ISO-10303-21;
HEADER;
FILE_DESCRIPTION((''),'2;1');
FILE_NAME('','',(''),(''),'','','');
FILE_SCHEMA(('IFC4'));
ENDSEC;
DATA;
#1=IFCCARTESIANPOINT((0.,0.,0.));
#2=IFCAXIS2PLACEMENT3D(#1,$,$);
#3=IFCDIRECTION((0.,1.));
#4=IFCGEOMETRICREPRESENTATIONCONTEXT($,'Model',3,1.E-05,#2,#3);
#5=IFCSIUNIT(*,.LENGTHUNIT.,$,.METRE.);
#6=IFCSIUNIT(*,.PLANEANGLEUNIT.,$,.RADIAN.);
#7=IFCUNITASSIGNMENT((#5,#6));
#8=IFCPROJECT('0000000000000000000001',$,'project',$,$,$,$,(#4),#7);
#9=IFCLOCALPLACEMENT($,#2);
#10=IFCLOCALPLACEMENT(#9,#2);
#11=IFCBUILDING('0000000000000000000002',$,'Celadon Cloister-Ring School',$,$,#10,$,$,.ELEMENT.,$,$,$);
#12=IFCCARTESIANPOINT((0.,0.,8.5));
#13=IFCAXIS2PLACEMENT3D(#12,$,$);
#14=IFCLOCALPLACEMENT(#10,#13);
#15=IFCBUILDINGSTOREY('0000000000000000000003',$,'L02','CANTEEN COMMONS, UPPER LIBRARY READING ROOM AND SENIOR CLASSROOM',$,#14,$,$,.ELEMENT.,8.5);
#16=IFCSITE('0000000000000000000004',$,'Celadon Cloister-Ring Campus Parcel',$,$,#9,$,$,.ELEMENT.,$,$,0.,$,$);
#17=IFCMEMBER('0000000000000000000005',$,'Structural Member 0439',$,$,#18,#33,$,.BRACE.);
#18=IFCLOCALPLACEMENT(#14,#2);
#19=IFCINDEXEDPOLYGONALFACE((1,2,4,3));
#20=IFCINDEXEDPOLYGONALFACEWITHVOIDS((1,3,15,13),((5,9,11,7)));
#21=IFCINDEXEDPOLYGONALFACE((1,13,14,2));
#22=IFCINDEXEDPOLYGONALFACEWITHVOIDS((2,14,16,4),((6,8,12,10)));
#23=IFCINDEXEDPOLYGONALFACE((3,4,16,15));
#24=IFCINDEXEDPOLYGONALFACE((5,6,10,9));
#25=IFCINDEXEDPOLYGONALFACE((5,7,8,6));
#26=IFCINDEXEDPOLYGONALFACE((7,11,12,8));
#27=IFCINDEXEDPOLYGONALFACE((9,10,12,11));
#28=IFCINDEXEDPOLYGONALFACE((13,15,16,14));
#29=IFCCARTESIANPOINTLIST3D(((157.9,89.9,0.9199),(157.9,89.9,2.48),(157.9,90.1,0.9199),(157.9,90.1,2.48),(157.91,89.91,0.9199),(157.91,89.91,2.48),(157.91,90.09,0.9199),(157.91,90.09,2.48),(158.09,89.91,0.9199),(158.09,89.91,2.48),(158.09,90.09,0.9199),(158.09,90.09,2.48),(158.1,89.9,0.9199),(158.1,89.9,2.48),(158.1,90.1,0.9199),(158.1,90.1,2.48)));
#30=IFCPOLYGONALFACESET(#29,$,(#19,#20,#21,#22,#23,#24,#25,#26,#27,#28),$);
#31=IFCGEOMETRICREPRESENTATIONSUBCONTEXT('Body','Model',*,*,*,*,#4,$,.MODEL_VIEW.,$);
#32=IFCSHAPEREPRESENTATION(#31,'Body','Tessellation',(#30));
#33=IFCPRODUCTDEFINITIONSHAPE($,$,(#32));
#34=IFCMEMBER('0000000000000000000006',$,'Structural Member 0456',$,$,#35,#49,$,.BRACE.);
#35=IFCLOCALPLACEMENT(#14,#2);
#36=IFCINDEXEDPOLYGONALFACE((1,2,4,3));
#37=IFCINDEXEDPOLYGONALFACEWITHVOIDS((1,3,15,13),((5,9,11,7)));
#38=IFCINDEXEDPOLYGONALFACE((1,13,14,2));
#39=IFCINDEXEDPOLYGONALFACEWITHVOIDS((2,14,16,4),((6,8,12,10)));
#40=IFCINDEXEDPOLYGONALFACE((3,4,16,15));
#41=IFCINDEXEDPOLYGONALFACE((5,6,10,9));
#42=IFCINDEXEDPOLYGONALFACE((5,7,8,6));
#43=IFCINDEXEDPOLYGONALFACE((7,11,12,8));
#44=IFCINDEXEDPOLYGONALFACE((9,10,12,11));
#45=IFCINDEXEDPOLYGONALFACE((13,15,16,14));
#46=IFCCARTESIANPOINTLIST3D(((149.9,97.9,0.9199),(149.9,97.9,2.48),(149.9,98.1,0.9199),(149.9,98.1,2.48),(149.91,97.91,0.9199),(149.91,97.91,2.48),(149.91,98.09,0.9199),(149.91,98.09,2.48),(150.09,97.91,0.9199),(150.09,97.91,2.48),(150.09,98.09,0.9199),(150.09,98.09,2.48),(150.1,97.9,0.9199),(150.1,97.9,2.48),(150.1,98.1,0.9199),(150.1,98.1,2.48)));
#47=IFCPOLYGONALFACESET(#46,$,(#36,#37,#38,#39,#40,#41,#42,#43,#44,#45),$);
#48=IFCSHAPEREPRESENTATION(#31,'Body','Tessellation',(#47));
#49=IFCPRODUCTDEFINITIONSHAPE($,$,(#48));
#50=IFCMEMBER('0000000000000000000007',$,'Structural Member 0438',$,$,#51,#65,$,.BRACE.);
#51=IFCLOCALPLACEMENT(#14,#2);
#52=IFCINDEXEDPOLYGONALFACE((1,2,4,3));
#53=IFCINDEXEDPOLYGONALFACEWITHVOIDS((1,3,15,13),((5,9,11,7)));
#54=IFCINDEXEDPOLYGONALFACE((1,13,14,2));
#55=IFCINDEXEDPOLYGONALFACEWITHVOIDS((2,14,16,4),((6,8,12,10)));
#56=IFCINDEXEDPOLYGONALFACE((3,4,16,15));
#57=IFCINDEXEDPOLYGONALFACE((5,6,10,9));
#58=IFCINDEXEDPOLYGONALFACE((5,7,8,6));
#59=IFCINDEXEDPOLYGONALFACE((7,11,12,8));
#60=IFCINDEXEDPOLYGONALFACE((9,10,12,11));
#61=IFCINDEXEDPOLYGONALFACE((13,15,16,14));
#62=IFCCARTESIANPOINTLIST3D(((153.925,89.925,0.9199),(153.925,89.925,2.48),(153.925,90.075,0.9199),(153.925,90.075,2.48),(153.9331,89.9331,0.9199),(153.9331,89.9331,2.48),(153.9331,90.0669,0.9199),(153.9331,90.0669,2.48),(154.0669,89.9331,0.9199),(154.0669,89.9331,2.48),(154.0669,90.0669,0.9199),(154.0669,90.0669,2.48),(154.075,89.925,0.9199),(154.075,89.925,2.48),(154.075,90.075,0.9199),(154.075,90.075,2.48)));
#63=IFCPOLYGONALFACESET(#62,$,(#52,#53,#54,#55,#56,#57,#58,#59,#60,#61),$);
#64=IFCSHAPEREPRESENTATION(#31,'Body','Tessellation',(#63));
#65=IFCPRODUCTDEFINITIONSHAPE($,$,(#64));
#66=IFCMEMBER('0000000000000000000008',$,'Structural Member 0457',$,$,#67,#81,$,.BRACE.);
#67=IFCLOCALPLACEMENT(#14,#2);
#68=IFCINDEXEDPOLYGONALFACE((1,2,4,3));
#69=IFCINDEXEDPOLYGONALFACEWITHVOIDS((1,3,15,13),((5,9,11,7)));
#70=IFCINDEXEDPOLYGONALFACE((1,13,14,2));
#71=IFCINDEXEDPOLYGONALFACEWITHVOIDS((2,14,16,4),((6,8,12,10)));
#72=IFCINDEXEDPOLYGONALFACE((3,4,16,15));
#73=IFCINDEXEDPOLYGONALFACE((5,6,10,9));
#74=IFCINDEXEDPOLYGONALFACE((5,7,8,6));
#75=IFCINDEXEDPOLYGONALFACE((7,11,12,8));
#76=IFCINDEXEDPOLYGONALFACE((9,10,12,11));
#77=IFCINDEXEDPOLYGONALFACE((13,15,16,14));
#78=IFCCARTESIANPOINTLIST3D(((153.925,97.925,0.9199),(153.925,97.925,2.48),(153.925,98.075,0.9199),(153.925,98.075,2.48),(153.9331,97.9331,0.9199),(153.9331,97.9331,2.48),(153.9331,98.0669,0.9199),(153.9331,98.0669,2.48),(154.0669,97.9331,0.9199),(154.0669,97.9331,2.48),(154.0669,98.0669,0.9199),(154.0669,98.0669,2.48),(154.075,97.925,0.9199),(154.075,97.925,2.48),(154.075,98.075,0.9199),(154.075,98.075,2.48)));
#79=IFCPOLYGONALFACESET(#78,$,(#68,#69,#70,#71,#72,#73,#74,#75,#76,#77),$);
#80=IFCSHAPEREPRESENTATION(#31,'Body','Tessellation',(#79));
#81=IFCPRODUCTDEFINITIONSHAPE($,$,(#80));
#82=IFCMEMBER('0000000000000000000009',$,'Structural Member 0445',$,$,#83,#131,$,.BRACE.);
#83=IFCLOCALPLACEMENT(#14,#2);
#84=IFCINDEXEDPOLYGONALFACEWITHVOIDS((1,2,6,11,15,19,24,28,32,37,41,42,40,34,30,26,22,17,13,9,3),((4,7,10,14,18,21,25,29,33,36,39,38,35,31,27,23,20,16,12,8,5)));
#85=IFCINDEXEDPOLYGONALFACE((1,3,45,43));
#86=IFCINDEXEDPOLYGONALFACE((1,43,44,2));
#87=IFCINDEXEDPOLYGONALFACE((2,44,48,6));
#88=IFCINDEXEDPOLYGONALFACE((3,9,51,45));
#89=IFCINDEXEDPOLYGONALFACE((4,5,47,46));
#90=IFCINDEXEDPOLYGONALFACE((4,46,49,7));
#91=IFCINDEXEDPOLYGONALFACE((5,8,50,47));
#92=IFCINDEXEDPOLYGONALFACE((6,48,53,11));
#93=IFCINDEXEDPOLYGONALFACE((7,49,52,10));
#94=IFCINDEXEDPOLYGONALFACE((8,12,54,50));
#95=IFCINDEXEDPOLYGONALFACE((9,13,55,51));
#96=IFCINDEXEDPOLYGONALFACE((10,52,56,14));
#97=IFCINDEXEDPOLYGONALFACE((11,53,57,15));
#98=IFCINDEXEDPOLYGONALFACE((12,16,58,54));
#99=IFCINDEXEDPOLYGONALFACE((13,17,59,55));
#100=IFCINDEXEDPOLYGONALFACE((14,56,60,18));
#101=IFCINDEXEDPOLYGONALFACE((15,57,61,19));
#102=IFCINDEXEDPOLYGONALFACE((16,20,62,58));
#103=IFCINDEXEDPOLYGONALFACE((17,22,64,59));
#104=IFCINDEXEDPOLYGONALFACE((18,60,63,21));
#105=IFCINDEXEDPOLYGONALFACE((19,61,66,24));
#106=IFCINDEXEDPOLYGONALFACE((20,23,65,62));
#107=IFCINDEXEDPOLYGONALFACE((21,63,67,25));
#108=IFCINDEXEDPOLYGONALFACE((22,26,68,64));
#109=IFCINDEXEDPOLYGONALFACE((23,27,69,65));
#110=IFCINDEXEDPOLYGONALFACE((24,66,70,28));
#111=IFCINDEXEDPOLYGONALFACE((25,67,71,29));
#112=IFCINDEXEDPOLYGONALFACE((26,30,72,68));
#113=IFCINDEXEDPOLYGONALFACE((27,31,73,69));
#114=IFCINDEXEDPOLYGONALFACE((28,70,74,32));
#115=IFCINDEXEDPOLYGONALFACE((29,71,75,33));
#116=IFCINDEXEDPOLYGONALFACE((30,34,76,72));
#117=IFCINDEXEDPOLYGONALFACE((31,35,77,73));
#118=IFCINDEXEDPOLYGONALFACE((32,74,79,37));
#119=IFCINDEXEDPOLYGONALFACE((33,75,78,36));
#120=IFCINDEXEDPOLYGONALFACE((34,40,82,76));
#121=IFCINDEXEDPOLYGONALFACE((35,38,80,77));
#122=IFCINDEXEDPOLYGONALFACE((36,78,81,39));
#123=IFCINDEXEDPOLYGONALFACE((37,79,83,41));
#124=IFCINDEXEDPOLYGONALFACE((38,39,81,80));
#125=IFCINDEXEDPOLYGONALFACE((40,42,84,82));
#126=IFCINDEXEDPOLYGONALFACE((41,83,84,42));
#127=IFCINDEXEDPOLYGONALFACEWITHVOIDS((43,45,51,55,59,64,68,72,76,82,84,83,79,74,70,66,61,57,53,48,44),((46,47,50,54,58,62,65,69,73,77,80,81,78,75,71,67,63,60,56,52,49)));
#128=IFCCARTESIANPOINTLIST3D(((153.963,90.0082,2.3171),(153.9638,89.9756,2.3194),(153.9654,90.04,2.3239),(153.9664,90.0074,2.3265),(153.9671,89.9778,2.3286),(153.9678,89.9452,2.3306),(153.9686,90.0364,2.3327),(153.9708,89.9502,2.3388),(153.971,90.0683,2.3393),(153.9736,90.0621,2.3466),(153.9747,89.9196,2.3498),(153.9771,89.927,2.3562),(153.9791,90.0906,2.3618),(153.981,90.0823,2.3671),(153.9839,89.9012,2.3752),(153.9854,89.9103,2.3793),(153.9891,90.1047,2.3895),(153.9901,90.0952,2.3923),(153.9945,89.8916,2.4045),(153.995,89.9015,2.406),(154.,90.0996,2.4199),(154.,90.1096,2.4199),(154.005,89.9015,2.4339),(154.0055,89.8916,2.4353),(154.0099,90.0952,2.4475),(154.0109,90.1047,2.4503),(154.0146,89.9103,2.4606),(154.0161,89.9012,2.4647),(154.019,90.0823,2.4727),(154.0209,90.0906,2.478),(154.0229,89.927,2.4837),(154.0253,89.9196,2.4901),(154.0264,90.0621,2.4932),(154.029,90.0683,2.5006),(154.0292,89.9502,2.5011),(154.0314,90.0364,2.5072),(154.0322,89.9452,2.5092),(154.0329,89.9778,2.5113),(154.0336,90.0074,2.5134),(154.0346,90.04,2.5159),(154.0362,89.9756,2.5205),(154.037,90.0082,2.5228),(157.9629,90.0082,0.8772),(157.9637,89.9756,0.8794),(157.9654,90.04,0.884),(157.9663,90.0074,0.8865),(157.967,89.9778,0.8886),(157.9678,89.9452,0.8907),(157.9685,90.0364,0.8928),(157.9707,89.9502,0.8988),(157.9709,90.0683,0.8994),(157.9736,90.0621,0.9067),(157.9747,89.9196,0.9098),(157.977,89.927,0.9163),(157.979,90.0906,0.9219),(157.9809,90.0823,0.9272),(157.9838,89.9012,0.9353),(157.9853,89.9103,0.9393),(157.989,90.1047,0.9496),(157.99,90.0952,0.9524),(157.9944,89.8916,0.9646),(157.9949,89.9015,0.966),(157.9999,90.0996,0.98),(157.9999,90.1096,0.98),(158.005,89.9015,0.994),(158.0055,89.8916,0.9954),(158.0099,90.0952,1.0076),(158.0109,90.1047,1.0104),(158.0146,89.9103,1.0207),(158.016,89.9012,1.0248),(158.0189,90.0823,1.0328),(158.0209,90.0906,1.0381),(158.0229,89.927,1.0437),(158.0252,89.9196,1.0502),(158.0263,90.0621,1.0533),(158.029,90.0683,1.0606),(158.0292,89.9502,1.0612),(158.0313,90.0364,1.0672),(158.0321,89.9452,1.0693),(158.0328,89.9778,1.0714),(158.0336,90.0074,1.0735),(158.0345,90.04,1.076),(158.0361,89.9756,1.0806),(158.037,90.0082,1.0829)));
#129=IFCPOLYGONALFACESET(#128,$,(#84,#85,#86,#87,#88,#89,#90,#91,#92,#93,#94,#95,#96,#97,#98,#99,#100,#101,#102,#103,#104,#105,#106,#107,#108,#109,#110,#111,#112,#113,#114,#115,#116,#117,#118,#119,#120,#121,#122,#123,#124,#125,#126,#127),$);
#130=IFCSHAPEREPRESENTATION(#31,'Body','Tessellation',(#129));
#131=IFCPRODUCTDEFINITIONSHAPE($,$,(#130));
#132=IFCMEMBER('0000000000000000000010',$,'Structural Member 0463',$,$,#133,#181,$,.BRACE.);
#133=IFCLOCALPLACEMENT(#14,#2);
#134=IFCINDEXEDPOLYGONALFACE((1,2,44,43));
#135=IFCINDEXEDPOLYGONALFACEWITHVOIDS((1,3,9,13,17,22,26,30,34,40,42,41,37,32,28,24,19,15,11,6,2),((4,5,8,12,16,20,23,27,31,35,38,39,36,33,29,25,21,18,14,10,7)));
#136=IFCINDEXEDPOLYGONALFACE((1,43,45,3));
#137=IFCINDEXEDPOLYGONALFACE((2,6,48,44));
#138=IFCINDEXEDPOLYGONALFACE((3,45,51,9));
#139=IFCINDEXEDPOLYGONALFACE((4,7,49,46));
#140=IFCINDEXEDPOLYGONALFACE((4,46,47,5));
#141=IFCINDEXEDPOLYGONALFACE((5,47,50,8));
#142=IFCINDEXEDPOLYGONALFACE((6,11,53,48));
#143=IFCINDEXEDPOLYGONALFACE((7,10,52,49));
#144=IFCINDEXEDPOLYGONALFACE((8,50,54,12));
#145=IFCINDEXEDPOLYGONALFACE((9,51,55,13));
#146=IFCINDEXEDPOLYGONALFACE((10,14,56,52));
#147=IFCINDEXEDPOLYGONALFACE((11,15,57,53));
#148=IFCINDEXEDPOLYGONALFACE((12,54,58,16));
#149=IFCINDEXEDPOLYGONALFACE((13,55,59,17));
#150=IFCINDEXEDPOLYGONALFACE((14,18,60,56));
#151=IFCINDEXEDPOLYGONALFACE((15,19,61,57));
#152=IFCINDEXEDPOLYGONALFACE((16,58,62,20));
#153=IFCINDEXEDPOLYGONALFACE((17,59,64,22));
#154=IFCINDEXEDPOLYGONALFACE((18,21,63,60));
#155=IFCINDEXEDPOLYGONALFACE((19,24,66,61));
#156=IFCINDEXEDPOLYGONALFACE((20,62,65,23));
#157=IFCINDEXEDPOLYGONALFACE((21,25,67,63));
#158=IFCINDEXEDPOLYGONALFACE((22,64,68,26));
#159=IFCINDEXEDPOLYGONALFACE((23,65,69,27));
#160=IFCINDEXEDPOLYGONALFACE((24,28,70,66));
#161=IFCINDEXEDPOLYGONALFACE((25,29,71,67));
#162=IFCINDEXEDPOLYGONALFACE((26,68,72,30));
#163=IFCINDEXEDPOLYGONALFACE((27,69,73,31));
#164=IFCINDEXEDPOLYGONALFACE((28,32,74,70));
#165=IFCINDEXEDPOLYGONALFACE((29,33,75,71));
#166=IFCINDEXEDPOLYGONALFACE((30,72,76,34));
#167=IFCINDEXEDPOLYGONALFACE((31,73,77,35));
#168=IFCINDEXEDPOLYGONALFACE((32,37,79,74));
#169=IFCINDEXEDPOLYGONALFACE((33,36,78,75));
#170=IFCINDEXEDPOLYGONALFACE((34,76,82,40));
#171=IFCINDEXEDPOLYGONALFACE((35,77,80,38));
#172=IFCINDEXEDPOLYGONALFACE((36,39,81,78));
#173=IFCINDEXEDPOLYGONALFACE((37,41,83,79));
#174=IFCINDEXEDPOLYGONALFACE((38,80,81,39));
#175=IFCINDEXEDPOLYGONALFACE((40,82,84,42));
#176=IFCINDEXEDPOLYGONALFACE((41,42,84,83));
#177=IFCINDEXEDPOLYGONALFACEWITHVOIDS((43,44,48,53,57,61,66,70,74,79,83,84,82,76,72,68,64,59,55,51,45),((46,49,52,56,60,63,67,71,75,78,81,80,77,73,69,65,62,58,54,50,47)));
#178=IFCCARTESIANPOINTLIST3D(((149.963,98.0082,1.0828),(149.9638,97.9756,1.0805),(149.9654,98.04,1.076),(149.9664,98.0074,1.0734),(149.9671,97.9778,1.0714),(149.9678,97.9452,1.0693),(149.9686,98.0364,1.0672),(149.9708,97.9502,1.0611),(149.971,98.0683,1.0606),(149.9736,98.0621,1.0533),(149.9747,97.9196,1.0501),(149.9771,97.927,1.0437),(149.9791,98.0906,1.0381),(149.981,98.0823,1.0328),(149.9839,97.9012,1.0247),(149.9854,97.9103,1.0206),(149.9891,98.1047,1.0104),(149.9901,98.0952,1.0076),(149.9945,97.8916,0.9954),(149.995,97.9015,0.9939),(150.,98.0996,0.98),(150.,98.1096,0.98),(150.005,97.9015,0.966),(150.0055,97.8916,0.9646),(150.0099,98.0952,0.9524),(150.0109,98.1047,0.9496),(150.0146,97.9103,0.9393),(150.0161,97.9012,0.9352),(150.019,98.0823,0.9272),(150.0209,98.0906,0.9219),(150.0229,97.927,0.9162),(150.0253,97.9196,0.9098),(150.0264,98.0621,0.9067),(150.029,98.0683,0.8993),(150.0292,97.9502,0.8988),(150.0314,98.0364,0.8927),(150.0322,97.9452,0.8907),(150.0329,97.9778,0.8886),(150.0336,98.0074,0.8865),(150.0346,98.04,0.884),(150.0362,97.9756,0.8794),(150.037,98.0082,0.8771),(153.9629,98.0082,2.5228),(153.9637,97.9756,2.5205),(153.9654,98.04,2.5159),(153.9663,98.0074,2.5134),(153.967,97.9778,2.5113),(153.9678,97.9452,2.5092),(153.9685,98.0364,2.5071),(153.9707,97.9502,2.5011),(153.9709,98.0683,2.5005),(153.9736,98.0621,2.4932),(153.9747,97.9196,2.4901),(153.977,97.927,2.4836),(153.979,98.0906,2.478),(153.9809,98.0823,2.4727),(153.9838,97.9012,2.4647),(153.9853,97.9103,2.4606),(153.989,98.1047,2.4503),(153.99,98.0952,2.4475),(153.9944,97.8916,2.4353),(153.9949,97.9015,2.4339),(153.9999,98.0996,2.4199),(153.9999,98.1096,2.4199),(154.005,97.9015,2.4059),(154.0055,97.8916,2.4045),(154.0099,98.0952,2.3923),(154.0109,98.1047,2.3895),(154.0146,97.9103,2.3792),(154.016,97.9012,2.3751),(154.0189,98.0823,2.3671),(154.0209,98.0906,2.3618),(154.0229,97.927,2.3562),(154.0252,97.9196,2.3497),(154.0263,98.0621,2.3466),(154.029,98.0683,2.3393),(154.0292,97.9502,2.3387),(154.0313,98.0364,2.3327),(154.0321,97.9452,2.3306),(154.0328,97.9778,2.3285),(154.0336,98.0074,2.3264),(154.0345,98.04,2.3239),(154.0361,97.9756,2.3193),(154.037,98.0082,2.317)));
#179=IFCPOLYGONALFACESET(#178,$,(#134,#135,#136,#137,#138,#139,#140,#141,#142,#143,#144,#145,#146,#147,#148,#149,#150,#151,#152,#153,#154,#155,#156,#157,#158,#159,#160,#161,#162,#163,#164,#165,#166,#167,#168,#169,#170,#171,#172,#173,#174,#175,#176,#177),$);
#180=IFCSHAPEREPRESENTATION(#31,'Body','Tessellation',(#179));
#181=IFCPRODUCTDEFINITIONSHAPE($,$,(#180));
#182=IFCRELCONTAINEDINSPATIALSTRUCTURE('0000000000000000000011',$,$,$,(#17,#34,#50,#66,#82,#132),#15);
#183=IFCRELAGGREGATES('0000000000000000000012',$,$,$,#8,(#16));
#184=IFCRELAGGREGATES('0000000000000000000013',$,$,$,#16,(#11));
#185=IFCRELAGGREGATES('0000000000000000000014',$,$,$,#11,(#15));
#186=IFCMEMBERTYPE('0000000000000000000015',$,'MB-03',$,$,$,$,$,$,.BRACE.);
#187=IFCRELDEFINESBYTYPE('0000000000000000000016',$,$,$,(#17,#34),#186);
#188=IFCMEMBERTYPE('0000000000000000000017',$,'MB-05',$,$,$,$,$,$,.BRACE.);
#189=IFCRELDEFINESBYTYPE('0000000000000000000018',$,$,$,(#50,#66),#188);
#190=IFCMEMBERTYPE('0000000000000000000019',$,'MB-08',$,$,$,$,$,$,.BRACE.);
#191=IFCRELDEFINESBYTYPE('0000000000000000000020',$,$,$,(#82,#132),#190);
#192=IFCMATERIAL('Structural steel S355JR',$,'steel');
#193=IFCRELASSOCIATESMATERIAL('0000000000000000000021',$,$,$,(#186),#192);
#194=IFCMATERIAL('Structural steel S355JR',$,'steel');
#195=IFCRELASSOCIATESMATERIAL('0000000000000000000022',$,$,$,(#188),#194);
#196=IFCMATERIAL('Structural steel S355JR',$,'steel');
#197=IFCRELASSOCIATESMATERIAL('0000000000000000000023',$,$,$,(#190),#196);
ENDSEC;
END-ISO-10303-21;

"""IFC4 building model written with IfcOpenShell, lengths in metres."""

from ifc_helpers import new_model, si_unit, direction, frame, origin, origin_2d, place, context, subcontext, project, spatial, hollow_rectangle, hollow_circle, extrude, material, material_profile, profile_set, type_object, element, save


model = new_model("IFC4")

# Units and contexts
model_context = context("Model", 3, precision=1e-05, world=origin(), true_north=direction((0.0, 1.0)))
body_context = subcontext(model_context, "Body", "Model", "MODEL_VIEW")
ifc_project = project(units=[si_unit("LENGTHUNIT", "METRE"), si_unit("PLANEANGLEUNIT", "RADIAN")], contexts=[model_context])

# Site, building, storey
site_placement = place(None, origin())
site = spatial("IfcSite", under=ifc_project, at=site_placement, Name="Celadon Cloister-Ring Campus Parcel", CompositionType="ELEMENT", RefElevation=0.0)
building_placement = place(site_placement, origin())
building = spatial("IfcBuilding", under=site, at=building_placement, Name="Celadon Cloister-Ring School", CompositionType="ELEMENT")
storey_placement = place(building_placement, frame((0.0, 0.0, 8.5)))
storey = spatial("IfcBuildingStorey", under=building, at=storey_placement, Name="L02", Description="CANTEEN COMMONS, UPPER LIBRARY READING ROOM AND SENIOR CLASSROOM", CompositionType="ELEMENT", Elevation=8.5)

# Members
ifc_material_1 = material(Name="Structural steel S355JR", Category="steel")
ifc_material_profile_1 = material_profile(ifc_material_1, hollow_rectangle(XDim=0.2, YDim=0.2, WallThickness=0.01, at=origin_2d()), Name="HSS200X200X10")
ifc_profile_set_1 = profile_set([ifc_material_profile_1], Name="Structural steel S355JR")
member_type_1 = type_object("IfcMemberType", Name="MB-03", PredefinedType="BRACE", material=ifc_profile_set_1)
for number, where, z_axis, x_axis, name in (
    (1, (158.0, 90.0, 0.9199), (0.0, 0.0, 1.0), (1.0, 0.0, 0.0), "Structural Member 0439"),
    (2, (150.0, 98.0, 0.9199), (0.0, 0.0, 1.0), (1.0, 0.0, 0.0), "Structural Member 0456"),
):
    element("IfcMember", number, at=place(storey_placement, frame(where, z_axis=z_axis, x_axis=x_axis)), inside=storey, type_object=member_type_1, Name=name, PredefinedType="BRACE", context=body_context, shape_type="SweptSolid", body=[
        extrude(hollow_rectangle(XDim=0.2, YDim=0.2, WallThickness=0.01, at=origin_2d()), origin(), (0.0, 0.0, 1.0), 1.5601),
    ])
ifc_material_2 = material(Name="Structural steel S355JR", Category="steel")
ifc_material_profile_2 = material_profile(ifc_material_2, hollow_rectangle(XDim=0.1499, YDim=0.1499, WallThickness=0.0081, at=origin_2d()), Name="HSS150X150X8")
ifc_profile_set_2 = profile_set([ifc_material_profile_2], Name="Structural steel S355JR")
member_type_2 = type_object("IfcMemberType", Name="MB-05", PredefinedType="BRACE", material=ifc_profile_set_2)
for number, where, z_axis, x_axis, name in (
    (3, (154.0, 90.0, 0.9199), (0.0, 0.0, 1.0), (1.0, 0.0, 0.0), "Structural Member 0438"),
    (4, (154.0, 98.0, 0.9199), (0.0, 0.0, 1.0), (1.0, 0.0, 0.0), "Structural Member 0457"),
):
    element("IfcMember", number, at=place(storey_placement, frame(where, z_axis=z_axis, x_axis=x_axis)), inside=storey, type_object=member_type_2, Name=name, PredefinedType="BRACE", context=body_context, shape_type="SweptSolid", body=[
        extrude(hollow_rectangle(XDim=0.1499, YDim=0.1499, WallThickness=0.0081, at=origin_2d()), origin(), (0.0, 0.0, 1.0), 1.5601),
    ])
ifc_material_3 = material(Name="Structural steel S355JR", Category="steel")
ifc_material_profile_3 = material_profile(ifc_material_3, hollow_circle(Radius=0.1096, WallThickness=0.01, at=origin_2d()), Name="CHS219.1X10")
ifc_profile_set_3 = profile_set([ifc_material_profile_3], Name="Structural steel S355JR")
member_type_3 = type_object("IfcMemberType", Name="MB-08", PredefinedType="BRACE", material=ifc_profile_set_3)
for number, where, z_axis, x_axis, name in (
    (5, (154.0, 90.0, 2.4199), (0.940892, 0.0, -0.338707), (0.0, 1.0, 0.0), "Structural Member 0445"),
    (6, (150.0, 98.0, 0.98), (0.940892, 0.0, 0.338707), (0.0, 1.0, 0.0), "Structural Member 0463"),
):
    element("IfcMember", number, at=place(storey_placement, frame(where, z_axis=z_axis, x_axis=x_axis)), inside=storey, type_object=member_type_3, Name=name, PredefinedType="BRACE", context=body_context, shape_type="SweptSolid", body=[
        extrude(hollow_circle(Radius=0.1096, WallThickness=0.01, at=origin_2d()), origin(), (0.0, 0.0, 1.0), 4.2512),
    ])

save(model, "model.ifc")
